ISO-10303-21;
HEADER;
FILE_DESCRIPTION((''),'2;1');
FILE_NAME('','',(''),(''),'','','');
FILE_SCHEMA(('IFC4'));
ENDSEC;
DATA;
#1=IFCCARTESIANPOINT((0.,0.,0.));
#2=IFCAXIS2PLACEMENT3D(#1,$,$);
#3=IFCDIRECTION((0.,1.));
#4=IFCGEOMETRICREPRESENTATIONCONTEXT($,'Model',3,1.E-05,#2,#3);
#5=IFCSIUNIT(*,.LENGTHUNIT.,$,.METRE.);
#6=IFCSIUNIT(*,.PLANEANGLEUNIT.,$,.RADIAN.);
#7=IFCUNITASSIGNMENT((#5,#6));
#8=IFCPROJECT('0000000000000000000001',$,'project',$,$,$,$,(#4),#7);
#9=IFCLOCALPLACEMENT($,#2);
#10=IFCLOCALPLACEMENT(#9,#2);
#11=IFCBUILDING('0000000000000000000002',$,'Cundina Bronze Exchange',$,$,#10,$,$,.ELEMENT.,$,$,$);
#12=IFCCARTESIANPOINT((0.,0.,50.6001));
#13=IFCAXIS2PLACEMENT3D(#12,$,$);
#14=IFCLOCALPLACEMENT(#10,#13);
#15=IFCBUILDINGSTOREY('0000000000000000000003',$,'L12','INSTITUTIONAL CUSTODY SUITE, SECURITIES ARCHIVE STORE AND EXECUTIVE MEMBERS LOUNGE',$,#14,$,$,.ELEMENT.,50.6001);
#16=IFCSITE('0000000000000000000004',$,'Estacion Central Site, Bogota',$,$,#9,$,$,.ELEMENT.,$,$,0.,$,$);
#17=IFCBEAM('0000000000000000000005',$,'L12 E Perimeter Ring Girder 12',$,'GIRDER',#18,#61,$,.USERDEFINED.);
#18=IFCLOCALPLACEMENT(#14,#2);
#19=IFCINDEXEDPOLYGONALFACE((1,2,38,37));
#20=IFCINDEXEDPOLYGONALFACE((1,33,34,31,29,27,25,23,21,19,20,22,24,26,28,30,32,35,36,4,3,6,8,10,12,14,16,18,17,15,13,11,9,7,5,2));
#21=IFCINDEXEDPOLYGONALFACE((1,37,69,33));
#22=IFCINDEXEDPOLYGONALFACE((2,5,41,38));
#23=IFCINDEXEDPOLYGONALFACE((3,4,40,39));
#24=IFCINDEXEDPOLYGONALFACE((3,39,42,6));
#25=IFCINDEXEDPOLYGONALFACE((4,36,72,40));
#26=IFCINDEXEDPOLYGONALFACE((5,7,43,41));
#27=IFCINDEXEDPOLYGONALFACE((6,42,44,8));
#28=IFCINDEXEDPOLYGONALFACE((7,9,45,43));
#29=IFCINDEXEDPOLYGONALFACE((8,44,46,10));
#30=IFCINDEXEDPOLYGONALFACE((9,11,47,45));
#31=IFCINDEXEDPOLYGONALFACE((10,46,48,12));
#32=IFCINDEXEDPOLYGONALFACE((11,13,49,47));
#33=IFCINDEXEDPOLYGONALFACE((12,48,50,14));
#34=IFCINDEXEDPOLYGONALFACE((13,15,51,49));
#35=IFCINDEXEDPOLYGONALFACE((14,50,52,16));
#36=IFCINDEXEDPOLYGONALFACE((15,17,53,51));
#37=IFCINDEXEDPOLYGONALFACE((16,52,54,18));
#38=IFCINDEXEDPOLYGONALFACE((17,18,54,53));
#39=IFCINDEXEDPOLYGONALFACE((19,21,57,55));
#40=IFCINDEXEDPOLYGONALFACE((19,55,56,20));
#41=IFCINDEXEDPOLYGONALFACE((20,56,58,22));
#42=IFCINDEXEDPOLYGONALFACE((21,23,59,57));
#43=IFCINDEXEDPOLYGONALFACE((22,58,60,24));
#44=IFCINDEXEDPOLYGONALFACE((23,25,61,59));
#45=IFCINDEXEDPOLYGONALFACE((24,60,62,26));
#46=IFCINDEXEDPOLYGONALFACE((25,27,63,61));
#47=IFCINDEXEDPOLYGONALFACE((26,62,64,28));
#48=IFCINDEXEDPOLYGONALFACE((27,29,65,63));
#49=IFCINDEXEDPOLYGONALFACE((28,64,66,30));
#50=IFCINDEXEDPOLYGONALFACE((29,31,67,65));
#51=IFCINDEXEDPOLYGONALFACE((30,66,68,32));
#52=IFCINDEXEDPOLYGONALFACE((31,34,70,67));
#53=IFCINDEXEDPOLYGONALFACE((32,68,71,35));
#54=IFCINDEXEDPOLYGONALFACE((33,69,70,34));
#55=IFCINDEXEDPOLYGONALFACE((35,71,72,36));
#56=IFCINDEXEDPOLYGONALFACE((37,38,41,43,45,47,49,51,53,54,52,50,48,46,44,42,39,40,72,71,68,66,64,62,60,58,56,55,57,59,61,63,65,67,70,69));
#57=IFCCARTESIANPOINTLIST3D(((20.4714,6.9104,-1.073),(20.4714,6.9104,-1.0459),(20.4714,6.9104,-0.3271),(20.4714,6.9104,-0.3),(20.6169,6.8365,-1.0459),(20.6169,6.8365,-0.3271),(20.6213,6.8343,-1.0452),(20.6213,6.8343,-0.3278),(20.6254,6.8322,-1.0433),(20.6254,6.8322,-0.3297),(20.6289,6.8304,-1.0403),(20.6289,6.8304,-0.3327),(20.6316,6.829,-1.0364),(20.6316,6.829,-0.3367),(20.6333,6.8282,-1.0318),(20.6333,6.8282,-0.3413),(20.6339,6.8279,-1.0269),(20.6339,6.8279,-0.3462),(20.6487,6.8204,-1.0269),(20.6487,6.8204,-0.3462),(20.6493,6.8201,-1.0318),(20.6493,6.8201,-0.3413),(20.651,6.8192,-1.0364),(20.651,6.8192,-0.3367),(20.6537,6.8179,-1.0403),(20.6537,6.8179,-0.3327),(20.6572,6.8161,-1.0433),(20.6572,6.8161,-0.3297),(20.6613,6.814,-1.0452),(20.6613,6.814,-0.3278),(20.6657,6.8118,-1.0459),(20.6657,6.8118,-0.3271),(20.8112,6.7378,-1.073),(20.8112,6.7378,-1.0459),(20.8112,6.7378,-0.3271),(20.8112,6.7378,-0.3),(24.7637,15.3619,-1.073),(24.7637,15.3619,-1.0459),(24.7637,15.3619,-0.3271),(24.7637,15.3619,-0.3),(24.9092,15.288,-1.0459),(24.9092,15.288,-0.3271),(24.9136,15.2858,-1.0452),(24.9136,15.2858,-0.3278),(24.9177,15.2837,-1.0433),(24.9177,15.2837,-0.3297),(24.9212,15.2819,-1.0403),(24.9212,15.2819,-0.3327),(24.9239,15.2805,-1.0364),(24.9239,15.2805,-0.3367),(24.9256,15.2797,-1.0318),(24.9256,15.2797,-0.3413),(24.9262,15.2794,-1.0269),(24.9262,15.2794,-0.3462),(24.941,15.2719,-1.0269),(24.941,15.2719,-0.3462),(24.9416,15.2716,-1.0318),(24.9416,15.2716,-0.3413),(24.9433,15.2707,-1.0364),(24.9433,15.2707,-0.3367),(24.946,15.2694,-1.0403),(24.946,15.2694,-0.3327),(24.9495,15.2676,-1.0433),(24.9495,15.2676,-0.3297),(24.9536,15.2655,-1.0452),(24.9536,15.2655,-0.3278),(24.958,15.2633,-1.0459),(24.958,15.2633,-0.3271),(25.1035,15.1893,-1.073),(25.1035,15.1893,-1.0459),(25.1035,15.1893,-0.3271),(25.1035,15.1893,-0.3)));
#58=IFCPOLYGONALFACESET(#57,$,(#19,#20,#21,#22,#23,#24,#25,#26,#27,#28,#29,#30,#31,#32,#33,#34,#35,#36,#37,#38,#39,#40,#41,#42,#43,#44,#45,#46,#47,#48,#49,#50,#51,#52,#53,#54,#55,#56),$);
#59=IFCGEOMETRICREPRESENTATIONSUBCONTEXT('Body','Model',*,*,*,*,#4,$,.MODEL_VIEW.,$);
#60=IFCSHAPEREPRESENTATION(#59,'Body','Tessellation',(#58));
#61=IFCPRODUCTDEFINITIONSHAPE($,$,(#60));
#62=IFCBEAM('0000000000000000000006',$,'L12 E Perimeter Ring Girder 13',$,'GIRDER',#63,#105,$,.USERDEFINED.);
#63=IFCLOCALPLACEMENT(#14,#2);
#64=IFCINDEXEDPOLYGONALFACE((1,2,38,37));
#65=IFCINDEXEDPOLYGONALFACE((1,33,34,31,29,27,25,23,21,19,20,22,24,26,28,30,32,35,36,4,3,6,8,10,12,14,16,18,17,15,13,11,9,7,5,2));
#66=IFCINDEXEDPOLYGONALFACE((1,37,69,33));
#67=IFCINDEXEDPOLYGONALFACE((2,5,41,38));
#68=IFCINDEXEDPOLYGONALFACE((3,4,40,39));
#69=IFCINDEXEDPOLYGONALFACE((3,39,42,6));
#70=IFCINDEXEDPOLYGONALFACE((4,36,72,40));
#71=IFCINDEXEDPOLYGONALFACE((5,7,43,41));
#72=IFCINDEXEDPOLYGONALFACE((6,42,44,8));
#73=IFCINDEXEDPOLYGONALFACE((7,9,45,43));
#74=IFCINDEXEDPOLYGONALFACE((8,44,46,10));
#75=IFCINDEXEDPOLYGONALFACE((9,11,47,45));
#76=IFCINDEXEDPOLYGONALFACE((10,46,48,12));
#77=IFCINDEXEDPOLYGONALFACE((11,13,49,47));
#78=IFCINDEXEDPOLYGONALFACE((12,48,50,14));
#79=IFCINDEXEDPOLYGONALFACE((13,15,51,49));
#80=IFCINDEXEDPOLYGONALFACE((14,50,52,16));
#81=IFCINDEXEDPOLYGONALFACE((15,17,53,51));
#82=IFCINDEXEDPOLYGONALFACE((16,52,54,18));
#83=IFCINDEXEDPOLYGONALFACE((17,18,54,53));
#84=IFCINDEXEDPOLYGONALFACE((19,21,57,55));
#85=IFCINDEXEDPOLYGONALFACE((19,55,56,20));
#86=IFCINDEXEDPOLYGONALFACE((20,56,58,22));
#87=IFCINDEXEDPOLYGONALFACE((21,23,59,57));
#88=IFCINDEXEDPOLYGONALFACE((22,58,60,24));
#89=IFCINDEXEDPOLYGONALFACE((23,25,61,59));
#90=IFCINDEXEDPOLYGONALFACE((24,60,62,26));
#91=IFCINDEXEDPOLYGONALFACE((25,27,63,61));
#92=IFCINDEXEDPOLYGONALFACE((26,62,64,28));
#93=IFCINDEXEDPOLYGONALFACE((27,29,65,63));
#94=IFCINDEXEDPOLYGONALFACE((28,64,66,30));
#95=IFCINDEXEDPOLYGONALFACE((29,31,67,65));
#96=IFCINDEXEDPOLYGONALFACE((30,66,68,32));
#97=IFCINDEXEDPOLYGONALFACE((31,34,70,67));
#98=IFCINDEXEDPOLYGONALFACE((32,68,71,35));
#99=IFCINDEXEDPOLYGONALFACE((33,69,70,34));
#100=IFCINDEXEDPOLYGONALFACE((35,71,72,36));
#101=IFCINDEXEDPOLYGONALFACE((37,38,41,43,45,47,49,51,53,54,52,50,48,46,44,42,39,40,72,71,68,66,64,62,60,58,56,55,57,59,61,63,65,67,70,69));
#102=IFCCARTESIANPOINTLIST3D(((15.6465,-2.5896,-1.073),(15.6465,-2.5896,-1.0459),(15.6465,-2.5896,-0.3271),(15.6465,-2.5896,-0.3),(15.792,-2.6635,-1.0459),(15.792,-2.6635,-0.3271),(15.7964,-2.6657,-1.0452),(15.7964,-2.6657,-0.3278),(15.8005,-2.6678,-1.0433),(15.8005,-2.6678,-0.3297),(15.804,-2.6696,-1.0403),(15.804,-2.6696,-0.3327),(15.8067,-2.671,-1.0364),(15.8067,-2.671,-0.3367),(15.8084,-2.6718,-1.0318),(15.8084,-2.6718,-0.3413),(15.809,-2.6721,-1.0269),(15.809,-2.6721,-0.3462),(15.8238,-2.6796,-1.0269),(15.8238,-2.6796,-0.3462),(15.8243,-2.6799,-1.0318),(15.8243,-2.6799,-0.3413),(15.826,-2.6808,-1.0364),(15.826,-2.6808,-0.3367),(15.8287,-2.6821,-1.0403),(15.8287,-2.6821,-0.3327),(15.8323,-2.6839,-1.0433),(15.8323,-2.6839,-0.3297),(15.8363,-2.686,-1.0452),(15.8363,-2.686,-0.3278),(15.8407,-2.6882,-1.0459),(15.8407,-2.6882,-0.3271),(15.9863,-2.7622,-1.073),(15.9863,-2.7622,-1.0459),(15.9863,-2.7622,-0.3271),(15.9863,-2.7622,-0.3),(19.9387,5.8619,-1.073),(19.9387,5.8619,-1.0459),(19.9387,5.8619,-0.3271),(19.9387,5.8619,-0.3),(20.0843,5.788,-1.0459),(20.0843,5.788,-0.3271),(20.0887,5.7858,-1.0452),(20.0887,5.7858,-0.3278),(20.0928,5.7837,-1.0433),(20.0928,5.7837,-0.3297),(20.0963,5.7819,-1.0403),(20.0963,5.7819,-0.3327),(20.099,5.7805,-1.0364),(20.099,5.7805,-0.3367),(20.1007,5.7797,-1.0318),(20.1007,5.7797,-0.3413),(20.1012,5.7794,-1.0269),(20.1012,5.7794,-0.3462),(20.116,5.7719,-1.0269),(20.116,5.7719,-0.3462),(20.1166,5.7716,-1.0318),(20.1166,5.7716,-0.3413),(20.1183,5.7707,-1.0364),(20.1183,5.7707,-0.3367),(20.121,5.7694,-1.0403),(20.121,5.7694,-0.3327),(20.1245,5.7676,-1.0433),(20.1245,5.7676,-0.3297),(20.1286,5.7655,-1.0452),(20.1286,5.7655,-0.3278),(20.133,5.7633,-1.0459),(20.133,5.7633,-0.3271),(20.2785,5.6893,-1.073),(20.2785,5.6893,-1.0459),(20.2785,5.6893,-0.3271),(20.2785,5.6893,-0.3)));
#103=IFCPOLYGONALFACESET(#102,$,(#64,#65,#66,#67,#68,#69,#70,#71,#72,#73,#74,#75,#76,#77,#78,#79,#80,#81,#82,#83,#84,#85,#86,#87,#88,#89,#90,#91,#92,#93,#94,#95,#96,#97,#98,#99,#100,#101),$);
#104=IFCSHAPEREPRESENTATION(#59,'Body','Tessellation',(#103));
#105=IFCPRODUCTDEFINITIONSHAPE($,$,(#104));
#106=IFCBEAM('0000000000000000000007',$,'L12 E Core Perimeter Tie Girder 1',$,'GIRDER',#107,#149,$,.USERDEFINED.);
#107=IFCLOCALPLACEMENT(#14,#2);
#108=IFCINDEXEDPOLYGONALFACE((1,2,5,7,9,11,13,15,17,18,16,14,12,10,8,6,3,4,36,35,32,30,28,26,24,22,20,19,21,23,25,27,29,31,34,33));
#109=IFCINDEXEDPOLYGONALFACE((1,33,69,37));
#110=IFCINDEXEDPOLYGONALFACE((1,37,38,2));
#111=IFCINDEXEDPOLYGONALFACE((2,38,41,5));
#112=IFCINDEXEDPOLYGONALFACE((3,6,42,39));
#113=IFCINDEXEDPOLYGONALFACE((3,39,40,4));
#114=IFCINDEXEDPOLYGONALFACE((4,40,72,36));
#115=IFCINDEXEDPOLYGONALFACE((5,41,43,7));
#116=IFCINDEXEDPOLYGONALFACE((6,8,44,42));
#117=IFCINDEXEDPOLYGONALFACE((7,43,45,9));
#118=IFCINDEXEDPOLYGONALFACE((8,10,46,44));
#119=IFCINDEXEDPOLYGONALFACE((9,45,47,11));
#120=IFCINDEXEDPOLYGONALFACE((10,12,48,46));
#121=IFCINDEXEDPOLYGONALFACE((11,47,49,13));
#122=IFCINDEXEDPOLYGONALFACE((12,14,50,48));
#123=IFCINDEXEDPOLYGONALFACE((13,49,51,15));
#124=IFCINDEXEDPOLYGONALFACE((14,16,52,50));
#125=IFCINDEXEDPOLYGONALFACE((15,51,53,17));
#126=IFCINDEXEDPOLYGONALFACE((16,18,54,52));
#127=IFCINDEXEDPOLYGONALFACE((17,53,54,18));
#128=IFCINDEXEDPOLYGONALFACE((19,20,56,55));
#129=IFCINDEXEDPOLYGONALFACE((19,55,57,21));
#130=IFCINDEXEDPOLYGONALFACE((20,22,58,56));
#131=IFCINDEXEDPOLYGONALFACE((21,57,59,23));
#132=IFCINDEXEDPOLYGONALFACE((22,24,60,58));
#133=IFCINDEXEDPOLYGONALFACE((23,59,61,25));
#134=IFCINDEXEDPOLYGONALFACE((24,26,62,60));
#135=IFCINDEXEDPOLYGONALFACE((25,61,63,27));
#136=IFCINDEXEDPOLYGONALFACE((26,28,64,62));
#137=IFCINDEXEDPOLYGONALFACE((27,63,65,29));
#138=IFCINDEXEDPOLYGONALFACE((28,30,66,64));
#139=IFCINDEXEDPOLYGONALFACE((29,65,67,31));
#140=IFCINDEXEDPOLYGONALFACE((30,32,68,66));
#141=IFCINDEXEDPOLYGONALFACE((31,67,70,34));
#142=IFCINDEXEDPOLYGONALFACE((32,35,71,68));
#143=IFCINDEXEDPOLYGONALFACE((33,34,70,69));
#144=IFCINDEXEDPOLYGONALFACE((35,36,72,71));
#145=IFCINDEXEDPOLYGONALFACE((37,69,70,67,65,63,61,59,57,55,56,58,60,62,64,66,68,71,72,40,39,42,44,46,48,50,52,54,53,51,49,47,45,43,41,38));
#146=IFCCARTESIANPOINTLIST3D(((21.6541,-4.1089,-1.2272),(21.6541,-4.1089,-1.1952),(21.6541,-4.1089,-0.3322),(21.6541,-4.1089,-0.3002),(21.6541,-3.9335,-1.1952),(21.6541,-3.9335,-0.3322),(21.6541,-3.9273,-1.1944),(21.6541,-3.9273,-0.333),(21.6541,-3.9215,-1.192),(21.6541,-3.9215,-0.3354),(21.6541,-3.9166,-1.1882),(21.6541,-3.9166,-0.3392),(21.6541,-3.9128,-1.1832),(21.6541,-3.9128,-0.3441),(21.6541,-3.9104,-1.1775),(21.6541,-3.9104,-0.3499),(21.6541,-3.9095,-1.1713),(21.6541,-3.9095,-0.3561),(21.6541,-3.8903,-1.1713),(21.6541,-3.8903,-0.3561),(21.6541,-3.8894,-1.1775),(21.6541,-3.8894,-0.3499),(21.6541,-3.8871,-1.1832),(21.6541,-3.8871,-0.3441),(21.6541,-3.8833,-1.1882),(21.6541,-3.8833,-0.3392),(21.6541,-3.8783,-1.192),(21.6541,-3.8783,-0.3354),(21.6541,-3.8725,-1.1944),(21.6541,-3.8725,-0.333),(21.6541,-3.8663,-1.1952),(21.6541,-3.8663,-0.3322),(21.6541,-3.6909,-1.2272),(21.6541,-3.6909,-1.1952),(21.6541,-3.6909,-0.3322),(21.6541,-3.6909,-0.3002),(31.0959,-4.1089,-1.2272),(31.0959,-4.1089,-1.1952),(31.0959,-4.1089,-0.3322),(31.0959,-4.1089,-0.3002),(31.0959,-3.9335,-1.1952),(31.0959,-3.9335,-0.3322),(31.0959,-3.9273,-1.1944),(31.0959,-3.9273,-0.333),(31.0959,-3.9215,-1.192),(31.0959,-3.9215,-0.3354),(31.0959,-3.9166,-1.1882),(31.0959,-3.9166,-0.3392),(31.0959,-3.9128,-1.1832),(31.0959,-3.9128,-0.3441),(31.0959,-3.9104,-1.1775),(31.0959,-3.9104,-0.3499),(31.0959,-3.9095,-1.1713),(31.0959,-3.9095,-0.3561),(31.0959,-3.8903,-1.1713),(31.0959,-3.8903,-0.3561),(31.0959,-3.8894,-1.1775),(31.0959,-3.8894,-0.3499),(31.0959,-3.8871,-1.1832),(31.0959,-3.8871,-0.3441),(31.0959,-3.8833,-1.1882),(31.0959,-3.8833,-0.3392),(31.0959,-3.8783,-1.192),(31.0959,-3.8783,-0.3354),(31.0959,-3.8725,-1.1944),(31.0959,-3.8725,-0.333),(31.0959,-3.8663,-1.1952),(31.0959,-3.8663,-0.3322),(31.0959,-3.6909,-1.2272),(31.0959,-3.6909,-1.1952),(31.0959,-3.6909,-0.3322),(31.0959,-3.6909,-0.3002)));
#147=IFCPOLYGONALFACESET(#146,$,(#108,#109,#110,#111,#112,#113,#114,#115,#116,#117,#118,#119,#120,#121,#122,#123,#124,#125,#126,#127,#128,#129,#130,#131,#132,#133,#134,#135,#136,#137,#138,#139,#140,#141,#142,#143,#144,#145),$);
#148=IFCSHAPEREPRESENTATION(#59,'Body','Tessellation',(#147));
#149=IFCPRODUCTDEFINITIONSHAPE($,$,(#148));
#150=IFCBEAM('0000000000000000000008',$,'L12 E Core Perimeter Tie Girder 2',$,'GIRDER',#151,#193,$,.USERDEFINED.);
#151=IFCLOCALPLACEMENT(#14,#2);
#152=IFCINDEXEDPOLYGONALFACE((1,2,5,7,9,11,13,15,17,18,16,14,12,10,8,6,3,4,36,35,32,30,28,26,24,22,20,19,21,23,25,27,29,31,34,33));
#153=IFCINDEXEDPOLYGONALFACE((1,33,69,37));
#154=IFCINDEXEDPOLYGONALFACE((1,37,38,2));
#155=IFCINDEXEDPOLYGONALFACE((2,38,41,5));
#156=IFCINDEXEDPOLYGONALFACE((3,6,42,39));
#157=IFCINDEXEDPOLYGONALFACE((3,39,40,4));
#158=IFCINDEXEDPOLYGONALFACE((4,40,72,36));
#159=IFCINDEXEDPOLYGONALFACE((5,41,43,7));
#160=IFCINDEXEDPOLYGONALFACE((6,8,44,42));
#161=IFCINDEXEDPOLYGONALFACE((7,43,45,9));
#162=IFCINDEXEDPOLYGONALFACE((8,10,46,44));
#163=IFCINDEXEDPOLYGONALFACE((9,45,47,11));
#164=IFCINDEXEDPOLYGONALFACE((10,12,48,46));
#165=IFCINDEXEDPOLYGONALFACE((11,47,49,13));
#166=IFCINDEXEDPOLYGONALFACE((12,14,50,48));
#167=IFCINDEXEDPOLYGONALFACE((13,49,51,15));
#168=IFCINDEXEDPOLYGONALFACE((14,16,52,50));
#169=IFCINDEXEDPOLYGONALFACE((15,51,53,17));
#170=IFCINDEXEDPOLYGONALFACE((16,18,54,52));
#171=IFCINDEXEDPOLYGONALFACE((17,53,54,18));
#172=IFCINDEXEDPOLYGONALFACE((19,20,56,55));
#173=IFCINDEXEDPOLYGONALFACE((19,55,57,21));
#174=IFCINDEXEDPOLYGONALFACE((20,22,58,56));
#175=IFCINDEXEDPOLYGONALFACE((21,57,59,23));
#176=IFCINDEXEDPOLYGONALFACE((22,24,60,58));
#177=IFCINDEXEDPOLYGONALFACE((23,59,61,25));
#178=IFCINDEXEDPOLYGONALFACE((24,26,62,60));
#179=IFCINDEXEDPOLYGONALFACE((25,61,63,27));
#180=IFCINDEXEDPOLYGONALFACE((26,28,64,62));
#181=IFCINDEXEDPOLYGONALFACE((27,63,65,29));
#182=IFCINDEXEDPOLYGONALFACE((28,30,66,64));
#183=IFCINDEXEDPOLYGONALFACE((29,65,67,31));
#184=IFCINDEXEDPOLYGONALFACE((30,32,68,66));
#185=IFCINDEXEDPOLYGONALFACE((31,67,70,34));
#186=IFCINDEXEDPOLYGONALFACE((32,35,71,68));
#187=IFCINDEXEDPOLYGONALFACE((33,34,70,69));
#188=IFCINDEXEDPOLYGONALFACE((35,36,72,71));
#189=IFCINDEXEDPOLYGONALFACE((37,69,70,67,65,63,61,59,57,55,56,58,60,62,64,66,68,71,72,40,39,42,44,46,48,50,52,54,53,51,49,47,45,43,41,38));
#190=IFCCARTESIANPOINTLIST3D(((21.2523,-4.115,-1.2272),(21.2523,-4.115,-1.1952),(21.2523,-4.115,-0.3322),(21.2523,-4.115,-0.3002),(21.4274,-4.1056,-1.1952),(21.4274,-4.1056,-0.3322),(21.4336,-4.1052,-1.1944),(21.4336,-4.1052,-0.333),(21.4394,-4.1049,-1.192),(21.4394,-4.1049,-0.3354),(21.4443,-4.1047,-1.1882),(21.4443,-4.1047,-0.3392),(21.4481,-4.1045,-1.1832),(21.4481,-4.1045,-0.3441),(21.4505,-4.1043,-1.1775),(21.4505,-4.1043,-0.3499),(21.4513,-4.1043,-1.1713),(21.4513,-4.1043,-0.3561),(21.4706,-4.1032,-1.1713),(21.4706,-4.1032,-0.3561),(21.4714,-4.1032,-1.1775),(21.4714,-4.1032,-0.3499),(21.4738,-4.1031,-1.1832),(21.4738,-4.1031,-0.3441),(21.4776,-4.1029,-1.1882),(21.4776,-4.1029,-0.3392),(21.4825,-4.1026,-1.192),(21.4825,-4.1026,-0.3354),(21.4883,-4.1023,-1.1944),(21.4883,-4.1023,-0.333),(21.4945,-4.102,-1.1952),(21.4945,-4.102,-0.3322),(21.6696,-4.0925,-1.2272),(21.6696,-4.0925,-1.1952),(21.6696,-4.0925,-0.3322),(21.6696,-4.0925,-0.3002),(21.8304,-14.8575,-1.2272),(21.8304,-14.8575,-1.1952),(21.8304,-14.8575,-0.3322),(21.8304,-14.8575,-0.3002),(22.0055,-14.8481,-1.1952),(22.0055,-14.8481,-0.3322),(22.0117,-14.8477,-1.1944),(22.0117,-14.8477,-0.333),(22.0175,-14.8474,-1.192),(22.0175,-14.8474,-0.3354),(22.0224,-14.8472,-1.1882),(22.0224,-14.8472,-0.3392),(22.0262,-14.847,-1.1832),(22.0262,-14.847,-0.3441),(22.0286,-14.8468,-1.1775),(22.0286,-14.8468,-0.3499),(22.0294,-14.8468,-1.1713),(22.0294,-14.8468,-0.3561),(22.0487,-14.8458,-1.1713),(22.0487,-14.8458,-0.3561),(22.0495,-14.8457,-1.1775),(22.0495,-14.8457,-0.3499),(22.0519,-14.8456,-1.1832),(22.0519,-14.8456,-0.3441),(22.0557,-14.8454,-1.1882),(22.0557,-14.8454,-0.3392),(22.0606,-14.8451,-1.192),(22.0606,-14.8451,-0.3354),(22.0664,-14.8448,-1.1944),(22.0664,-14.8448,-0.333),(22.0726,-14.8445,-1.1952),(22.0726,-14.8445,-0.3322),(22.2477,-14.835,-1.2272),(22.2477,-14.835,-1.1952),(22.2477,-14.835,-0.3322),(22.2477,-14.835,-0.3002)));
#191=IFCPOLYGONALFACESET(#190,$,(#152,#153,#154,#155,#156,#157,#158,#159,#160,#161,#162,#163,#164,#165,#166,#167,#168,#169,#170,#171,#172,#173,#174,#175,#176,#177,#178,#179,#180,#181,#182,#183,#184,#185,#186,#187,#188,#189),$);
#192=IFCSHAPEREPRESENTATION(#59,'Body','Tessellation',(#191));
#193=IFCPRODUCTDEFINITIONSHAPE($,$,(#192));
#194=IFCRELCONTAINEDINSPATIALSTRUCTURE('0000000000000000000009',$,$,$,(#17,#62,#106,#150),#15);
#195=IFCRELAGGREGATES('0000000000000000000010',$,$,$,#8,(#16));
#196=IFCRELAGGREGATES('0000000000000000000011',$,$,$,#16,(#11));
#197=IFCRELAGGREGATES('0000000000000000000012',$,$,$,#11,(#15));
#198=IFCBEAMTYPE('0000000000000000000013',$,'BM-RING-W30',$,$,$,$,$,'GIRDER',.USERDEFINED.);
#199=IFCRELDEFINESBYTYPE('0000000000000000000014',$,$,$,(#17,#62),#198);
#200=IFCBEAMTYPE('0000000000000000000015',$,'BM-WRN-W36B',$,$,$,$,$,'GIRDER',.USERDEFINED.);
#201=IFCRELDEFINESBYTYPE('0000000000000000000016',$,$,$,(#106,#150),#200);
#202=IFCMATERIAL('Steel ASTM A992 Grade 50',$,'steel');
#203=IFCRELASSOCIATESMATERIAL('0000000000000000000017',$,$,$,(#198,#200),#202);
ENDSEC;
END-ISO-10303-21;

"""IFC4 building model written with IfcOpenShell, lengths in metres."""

from ifc_helpers import new_model, si_unit, direction, frame, origin, origin_2d, place, context, subcontext, project, spatial, i_section, extrude, material, material_profile, profile_set, type_object, element, save


model = new_model("IFC4")

# Units and contexts
model_context = context("Model", 3, precision=1e-05, world=origin(), true_north=direction((0.0, 1.0)))
body_context = subcontext(model_context, "Body", "Model", "MODEL_VIEW")
ifc_project = project(units=[si_unit("LENGTHUNIT", "METRE"), si_unit("PLANEANGLEUNIT", "RADIAN")], contexts=[model_context])

# Site, building, storey
site_placement = place(None, origin())
site = spatial("IfcSite", under=ifc_project, at=site_placement, Name="Estacion Central Site, Bogota", CompositionType="ELEMENT", RefElevation=0.0)
building_placement = place(site_placement, origin())
building = spatial("IfcBuilding", under=site, at=building_placement, Name="Cundina Bronze Exchange", CompositionType="ELEMENT")
storey_placement = place(building_placement, frame((0.0, 0.0, 50.6001)))
storey = spatial("IfcBuildingStorey", under=building, at=storey_placement, Name="L12", Description="INSTITUTIONAL CUSTODY SUITE, SECURITIES ARCHIVE STORE AND EXECUTIVE MEMBERS LOUNGE", CompositionType="ELEMENT", Elevation=50.6001)

# Shared definitions
ifc_material_1 = material(Name="Steel ASTM A992 Grade 50", Category="steel")

# Beams
ifc_material_profile_1 = material_profile(ifc_material_1, i_section(OverallWidth=0.3811, OverallDepth=0.7729, WebThickness=0.0166, FlangeThickness=0.0271, FilletRadius=0.019, at=origin_2d()), Name="W30X173", Category="steel")
ifc_profile_set_1 = profile_set([ifc_material_profile_1], Name="Steel ASTM A992 Grade 50")
beam_type_1 = type_object("IfcBeamType", Name="BM-RING-W30", ElementType="GIRDER", PredefinedType="USERDEFINED", material=ifc_profile_set_1)
for number, where, z_axis, x_axis, name in (
    (1, (24.9336, 15.2756, -0.6865), (-0.45282, -0.891602, 0.0), (0.891602, -0.45282, 0.0), "L12 E Perimeter Ring Girder 12"),
    (2, (20.1086, 5.7756, -0.6865), (-0.45282, -0.891602, 0.0), (0.891602, -0.45282, 0.0), "L12 E Perimeter Ring Girder 13"),
):
    element("IfcBeam", number, at=place(storey_placement, frame(where, z_axis=z_axis, x_axis=x_axis)), inside=storey, type_object=beam_type_1, Name=name, ObjectType="GIRDER", PredefinedType="USERDEFINED", context=body_context, shape_type="SweptSolid", body=[
        extrude(i_section(OverallWidth=0.3811, OverallDepth=0.7729, WebThickness=0.0166, FlangeThickness=0.0271, FilletRadius=0.019, at=origin_2d()), origin(), (0.0, 0.0, 1.0), 9.479),
    ])
ifc_material_profile_2 = material_profile(ifc_material_1, i_section(OverallWidth=0.418, OverallDepth=0.927, WebThickness=0.0193, FlangeThickness=0.032, FilletRadius=0.0239, at=origin_2d()), Name="W36X231", Category="steel")
ifc_profile_set_2 = profile_set([ifc_material_profile_2], Name="Steel ASTM A992 Grade 50")
beam_type_2 = type_object("IfcBeamType", Name="BM-WRN-W36B", ElementType="GIRDER", PredefinedType="USERDEFINED", material=ifc_profile_set_2)
beam_1_placement = place(storey_placement, frame((31.0959, -3.8999, -0.7637), z_axis=(-1.0, 0.0, 0.0), x_axis=(0.0, -1.0, 0.0)))
element("IfcBeam", 3, at=beam_1_placement, inside=storey, type_object=beam_type_2, Name="L12 E Core Perimeter Tie Girder 1", ObjectType="GIRDER", PredefinedType="USERDEFINED", context=body_context, shape_type="SweptSolid", body=[
    extrude(i_section(OverallWidth=0.418, OverallDepth=0.927, WebThickness=0.0193, FlangeThickness=0.032, FilletRadius=0.0239, at=origin_2d()), origin(), (0.0, 0.0, 1.0), 9.4419),
])
beam_2_placement = place(storey_placement, frame((21.4609, -4.1038, -0.7637), z_axis=(0.053739, -0.998555, 0.0), x_axis=(0.998555, 0.053739, 0.0)))
element("IfcBeam", 4, at=beam_2_placement, inside=storey, type_object=beam_type_2, Name="L12 E Core Perimeter Tie Girder 2", ObjectType="GIRDER", PredefinedType="USERDEFINED", context=body_context, shape_type="SweptSolid", body=[
    extrude(i_section(OverallWidth=0.418, OverallDepth=0.927, WebThickness=0.0193, FlangeThickness=0.032, FilletRadius=0.0239, at=origin_2d()), origin(), (0.0, 0.0, 1.0), 10.7581),
])

save(model, "model.ifc")
